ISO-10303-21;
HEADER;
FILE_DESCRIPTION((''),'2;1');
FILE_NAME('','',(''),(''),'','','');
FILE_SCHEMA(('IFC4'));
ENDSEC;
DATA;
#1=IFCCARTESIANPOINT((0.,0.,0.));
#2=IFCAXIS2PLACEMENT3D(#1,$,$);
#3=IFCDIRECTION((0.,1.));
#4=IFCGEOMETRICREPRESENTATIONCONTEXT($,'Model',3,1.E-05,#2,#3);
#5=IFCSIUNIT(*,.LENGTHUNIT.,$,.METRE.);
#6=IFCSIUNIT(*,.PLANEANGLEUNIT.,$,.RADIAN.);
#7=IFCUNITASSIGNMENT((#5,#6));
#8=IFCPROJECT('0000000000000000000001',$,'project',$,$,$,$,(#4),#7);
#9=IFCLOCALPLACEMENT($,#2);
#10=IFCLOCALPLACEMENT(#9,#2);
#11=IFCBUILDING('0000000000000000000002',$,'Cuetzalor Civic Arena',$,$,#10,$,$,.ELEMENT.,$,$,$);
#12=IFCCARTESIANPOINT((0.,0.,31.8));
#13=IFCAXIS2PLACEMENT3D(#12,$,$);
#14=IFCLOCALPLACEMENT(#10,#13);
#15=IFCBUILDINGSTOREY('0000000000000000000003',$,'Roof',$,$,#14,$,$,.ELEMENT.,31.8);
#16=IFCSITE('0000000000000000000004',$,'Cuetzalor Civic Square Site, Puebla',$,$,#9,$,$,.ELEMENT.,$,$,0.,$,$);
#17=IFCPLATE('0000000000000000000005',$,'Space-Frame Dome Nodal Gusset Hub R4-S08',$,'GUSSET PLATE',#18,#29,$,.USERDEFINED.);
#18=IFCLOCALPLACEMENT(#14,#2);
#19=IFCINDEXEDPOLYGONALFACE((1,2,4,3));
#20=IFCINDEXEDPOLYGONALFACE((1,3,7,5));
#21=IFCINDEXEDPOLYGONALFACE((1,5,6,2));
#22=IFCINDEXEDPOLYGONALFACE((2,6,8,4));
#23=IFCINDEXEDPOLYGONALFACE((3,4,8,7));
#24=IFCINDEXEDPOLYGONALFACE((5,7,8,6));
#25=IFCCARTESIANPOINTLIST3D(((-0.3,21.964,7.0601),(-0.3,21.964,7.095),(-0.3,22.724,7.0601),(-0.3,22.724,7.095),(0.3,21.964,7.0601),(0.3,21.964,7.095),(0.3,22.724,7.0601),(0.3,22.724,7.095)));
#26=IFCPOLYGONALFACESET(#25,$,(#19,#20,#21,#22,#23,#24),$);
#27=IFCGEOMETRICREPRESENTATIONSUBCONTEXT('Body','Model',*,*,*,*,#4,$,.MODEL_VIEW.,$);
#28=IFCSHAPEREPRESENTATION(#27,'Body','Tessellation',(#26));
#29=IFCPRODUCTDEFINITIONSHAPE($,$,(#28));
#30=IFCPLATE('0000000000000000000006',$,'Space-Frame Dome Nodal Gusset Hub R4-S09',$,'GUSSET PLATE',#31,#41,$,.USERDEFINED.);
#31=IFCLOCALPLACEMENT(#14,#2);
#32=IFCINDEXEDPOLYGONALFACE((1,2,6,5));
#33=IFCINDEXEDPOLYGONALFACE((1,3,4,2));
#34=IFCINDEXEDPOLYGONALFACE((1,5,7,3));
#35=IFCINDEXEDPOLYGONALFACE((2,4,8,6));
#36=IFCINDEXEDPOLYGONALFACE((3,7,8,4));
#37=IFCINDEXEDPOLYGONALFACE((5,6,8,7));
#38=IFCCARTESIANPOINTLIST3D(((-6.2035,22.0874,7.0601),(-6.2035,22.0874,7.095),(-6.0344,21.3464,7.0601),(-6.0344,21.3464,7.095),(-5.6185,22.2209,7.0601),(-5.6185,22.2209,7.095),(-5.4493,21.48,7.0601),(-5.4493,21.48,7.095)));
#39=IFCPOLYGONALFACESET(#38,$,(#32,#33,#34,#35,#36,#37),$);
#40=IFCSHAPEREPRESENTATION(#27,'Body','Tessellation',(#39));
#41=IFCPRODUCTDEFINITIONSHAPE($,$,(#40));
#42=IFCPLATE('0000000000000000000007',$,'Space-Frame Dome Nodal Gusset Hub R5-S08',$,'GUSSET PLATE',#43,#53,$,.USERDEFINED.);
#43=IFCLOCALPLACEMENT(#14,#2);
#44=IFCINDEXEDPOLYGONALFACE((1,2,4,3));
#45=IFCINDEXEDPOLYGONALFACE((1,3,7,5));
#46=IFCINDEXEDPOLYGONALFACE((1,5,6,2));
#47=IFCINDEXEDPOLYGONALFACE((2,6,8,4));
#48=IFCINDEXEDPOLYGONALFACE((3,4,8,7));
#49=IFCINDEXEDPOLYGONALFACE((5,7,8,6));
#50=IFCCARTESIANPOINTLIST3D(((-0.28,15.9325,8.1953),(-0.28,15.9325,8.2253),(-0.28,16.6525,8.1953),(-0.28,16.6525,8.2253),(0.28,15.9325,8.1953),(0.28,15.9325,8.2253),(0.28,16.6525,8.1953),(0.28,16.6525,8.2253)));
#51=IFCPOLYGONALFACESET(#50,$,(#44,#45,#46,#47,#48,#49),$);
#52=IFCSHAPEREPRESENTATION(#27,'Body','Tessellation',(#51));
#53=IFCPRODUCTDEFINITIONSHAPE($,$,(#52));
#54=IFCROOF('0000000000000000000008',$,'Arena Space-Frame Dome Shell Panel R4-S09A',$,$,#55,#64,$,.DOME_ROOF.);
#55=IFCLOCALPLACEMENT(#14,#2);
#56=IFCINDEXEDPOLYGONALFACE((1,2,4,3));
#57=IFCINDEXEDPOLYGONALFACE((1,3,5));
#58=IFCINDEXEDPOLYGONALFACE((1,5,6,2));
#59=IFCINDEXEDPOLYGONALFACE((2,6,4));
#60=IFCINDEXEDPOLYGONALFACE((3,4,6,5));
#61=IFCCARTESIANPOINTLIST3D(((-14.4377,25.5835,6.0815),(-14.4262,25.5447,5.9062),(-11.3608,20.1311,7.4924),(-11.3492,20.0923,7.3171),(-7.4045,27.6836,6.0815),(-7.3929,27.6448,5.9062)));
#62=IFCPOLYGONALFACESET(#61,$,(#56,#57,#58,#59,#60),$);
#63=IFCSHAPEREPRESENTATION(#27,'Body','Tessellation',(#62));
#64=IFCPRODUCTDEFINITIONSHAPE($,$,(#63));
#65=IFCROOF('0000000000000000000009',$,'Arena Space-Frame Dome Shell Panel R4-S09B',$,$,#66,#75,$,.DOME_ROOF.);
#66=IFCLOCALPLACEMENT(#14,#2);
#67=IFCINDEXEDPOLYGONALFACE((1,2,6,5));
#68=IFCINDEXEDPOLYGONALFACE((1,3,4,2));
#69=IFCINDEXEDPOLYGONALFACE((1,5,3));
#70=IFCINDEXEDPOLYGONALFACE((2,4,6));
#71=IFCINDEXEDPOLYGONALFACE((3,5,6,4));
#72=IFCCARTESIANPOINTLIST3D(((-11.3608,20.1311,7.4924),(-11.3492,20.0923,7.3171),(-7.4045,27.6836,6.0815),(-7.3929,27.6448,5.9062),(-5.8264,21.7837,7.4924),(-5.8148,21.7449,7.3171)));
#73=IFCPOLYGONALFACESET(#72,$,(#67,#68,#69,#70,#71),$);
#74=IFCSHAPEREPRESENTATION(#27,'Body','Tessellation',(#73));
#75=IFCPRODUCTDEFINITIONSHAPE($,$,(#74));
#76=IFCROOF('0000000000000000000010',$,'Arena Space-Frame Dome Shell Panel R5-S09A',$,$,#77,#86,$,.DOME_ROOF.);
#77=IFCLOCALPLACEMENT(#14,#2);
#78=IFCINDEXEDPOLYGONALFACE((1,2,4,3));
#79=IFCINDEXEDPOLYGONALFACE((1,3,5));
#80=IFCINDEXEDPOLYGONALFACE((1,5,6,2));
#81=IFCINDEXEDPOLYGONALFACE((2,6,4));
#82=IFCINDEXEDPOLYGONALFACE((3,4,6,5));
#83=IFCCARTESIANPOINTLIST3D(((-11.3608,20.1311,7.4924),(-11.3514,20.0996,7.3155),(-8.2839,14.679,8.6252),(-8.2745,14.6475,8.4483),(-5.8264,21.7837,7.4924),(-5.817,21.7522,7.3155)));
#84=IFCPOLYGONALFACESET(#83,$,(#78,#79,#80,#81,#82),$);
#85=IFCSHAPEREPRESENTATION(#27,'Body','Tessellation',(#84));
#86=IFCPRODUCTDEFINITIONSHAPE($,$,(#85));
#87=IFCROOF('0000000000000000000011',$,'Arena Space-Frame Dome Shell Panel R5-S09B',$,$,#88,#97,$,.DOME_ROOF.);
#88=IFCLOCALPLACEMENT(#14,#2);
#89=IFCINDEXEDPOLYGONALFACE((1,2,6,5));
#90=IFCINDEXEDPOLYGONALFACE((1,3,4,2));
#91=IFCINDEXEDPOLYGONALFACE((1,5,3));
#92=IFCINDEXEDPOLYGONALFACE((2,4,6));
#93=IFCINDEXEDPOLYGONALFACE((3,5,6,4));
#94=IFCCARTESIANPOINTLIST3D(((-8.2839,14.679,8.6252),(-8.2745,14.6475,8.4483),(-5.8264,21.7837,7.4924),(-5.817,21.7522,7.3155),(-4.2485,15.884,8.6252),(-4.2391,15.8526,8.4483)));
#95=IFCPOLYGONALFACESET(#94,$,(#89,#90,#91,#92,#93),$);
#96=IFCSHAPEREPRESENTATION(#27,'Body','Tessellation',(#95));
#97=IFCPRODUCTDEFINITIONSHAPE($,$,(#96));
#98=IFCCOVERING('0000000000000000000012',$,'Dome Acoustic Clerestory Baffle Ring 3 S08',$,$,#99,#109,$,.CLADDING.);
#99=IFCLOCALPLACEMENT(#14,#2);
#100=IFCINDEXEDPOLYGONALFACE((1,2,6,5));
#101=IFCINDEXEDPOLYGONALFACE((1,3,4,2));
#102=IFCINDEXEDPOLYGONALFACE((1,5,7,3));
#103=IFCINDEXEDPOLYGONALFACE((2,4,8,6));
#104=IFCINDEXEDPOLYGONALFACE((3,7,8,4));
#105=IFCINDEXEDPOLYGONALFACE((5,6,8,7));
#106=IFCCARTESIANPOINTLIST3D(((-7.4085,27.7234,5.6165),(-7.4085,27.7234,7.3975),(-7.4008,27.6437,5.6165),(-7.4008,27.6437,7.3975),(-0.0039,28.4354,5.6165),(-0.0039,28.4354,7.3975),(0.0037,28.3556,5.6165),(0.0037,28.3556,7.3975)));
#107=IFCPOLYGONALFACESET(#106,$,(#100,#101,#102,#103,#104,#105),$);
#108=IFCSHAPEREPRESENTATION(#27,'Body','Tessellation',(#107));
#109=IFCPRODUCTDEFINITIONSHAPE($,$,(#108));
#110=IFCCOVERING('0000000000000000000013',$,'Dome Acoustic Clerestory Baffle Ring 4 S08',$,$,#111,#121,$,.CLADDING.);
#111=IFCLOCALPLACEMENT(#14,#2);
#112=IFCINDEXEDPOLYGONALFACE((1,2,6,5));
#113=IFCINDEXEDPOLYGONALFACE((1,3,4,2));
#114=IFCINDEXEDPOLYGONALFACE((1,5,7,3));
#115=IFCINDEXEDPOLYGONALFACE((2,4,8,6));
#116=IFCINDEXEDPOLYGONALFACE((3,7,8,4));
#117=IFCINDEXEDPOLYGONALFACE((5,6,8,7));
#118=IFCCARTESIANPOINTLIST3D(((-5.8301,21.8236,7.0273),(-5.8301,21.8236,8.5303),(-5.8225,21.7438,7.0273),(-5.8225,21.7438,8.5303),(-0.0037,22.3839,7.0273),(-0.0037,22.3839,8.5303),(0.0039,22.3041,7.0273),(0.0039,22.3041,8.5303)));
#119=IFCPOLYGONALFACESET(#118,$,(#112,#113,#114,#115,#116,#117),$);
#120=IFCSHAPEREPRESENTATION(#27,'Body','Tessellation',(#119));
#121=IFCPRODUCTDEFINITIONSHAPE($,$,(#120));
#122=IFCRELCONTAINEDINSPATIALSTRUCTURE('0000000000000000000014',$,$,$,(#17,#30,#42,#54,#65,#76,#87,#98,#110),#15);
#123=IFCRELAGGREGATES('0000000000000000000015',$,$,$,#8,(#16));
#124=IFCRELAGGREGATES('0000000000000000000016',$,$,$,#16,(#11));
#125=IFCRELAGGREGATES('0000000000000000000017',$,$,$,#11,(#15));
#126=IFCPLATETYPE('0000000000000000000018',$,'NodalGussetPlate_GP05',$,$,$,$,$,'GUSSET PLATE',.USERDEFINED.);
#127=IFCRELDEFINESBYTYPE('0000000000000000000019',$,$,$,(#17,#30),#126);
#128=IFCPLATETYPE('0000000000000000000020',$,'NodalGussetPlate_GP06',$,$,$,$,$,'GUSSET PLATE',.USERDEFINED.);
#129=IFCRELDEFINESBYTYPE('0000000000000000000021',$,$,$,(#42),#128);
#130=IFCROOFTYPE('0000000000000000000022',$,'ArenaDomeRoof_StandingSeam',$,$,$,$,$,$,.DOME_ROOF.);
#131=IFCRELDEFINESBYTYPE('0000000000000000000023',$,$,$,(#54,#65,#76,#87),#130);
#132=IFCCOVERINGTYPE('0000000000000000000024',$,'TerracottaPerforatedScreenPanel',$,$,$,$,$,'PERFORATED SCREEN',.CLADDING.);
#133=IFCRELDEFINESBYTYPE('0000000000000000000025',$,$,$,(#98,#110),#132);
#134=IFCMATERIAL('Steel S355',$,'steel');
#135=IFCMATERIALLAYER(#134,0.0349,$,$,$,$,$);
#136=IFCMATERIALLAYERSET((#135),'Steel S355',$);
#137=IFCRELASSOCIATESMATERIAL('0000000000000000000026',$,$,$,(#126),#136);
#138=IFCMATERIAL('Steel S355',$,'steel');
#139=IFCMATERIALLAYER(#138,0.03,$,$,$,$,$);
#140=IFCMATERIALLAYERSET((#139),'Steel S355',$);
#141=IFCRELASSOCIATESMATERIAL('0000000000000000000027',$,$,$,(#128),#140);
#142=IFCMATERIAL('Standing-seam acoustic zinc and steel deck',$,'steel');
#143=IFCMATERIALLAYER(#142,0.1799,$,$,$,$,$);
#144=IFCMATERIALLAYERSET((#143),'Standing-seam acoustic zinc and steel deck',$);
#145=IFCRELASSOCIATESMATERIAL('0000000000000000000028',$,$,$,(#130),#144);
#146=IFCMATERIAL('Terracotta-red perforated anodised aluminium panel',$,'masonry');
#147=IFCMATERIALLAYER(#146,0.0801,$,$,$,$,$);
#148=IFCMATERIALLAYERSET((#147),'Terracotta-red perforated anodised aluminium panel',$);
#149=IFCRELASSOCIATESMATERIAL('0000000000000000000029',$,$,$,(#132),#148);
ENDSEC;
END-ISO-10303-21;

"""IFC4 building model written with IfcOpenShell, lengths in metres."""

from ifc_helpers import new_model, si_unit, direction, frame, frame_2d, origin, origin_2d, place, context, subcontext, project, spatial, polyline, rectangle, outline, extrude, material, layer, layer_set, type_object, element, save


model = new_model("IFC4")

# Units and contexts
model_context = context("Model", 3, precision=1e-05, world=origin(), true_north=direction((0.0, 1.0)))
body_context = subcontext(model_context, "Body", "Model", "MODEL_VIEW")
ifc_project = project(units=[si_unit("LENGTHUNIT", "METRE"), si_unit("PLANEANGLEUNIT", "RADIAN")], contexts=[model_context])

# Site, building, storey
site_placement = place(None, origin())
site = spatial("IfcSite", under=ifc_project, at=site_placement, Name="Cuetzalor Civic Square Site, Puebla", CompositionType="ELEMENT", RefElevation=0.0)
building_placement = place(site_placement, origin())
building = spatial("IfcBuilding", under=site, at=building_placement, Name="Cuetzalor Civic Arena", CompositionType="ELEMENT")
storey_placement = place(building_placement, frame((0.0, 0.0, 31.8)))
storey = spatial("IfcBuildingStorey", under=building, at=storey_placement, Name="Roof", CompositionType="ELEMENT", Elevation=31.8)

# Plates
ifc_material_1 = material(Name="Steel S355", Category="steel")
ifc_layer_1 = layer(ifc_material_1, 0.0349)
ifc_layer_set_1 = layer_set([ifc_layer_1], Name="Steel S355")
plate_type_1 = type_object("IfcPlateType", Name="NodalGussetPlate_GP05", ElementType="GUSSET PLATE", PredefinedType="USERDEFINED", material=ifc_layer_set_1)
for number, where, z_axis, x_axis, name in (
    (1, (0.0, 22.344, 7.0601), (0.0, 0.0, 1.0), (0.0, 1.0, 0.0), "Space-Frame Dome Nodal Gusset Hub R4-S08"),
    (2, (-5.8264, 21.7837, 7.0601), (0.0, 0.0, 1.0), (-0.22257, 0.974917, 0.0), "Space-Frame Dome Nodal Gusset Hub R4-S09"),
):
    element("IfcPlate", number, at=place(storey_placement, frame(where, z_axis=z_axis, x_axis=x_axis)), inside=storey, type_object=plate_type_1, Name=name, ObjectType="GUSSET PLATE", PredefinedType="USERDEFINED", context=body_context, shape_type="SweptSolid", body=[
        extrude(rectangle(XDim=0.76, YDim=0.6001, at=origin_2d()), origin(), (0.0, 0.0, 1.0), 0.0349),
    ])
ifc_material_2 = material(Name="Steel S355", Category="steel")
ifc_layer_2 = layer(ifc_material_2, 0.03)
ifc_layer_set_2 = layer_set([ifc_layer_2], Name="Steel S355")
plate_type_2 = type_object("IfcPlateType", Name="NodalGussetPlate_GP06", ElementType="GUSSET PLATE", PredefinedType="USERDEFINED", material=ifc_layer_set_2)
plate_placement = place(storey_placement, frame((0.0, 16.2925, 8.1953), z_axis=(0.0, 0.0, 1.0), x_axis=(0.0, 1.0, 0.0)))
element("IfcPlate", 3, at=plate_placement, inside=storey, type_object=plate_type_2, Name="Space-Frame Dome Nodal Gusset Hub R5-S08", ObjectType="GUSSET PLATE", PredefinedType="USERDEFINED", context=body_context, shape_type="SweptSolid", body=[
    extrude(rectangle(XDim=0.72, YDim=0.5601, at=origin_2d()), origin(), (0.0, 0.0, 1.0), 0.03),
])

# Roofs
ifc_material_3 = material(Name="Standing-seam acoustic zinc and steel deck", Category="steel")
ifc_layer_3 = layer(ifc_material_3, 0.1799)
ifc_layer_set_3 = layer_set([ifc_layer_3], Name="Standing-seam acoustic zinc and steel deck")
roof_type = type_object("IfcRoofType", Name="ArenaDomeRoof_StandingSeam", PredefinedType="DOME_ROOF", material=ifc_layer_set_3)
roof_1_placement = place(storey_placement, frame((-7.4045, 27.6836, 6.0815), z_axis=(-0.064426, 0.215762, 0.974318), x_axis=(-0.958195, -0.286115, 0.0)))
element("IfcRoof", 4, at=roof_1_placement, inside=storey, type_object=roof_type, Name="Arena Space-Frame Dome Shell Panel R4-S09A", PredefinedType="DOME_ROOF", context=body_context, shape_type="SweptSolid", body=[
    extrude(outline(polyline([(0.0, 0.0), (7.3401, 0.0), (5.9518, 6.2657), (0.0, 0.0)])), origin(), (0.0, 0.0, -1.0), 0.1799),
])
roof_2_placement = place(storey_placement, frame((-7.4045, 27.6836, 6.0815), z_axis=(-0.064427, 0.215763, 0.974318), x_axis=(-0.457803, -0.873935, 0.163261)))
element("IfcRoof", 5, at=roof_2_placement, inside=storey, type_object=roof_type, Name="Arena Space-Frame Dome Shell Panel R4-S09B", PredefinedType="DOME_ROOF", context=body_context, shape_type="SweptSolid", body=[
    extrude(outline(polyline([(0.0, 0.0), (8.6419, 0.0), (4.664, 4.1877), (0.0, 0.0)])), origin(), (0.0, 0.0, -1.0), 0.1799),
])
roof_3_placement = place(storey_placement, frame((-5.8264, 21.7837, 7.4924), z_axis=(-0.052203, 0.174825, 0.983215), x_axis=(-0.958194, -0.286118, 0.0)))
element("IfcRoof", 6, at=roof_3_placement, inside=storey, type_object=roof_type, Name="Arena Space-Frame Dome Shell Panel R5-S09A", PredefinedType="DOME_ROOF", context=body_context, shape_type="SweptSolid", body=[
    extrude(outline(polyline([(0.0, 0.0), (5.7759, 0.0), (4.3876, 6.2088), (0.0, 0.0)])), origin(), (0.0, 0.0, -1.0), 0.1799),
])
roof_4_placement = place(storey_placement, frame((-5.8264, 21.7837, 7.4924), z_axis=(-0.052208, 0.174827, 0.983214), x_axis=(-0.323246, -0.934511, 0.149003)))
element("IfcRoof", 7, at=roof_4_placement, inside=storey, type_object=roof_type, Name="Arena Space-Frame Dome Shell Panel R5-S09B", PredefinedType="DOME_ROOF", context=body_context, shape_type="SweptSolid", body=[
    extrude(outline(polyline([(0.0, 0.0), (7.6026, 0.0), (5.172, 3.4393), (0.0, 0.0)])), origin(), (0.0, 0.0, -1.0), 0.1799),
])

# Coverings
ifc_material_4 = material(Name="Terracotta-red perforated anodised aluminium panel", Category="masonry")
ifc_layer_4 = layer(ifc_material_4, 0.0801)
ifc_layer_set_4 = layer_set([ifc_layer_4], Name="Terracotta-red perforated anodised aluminium panel")
covering_type = type_object("IfcCoveringType", Name="TerracottaPerforatedScreenPanel", ElementType="PERFORATED SCREEN", PredefinedType="CLADDING", material=ifc_layer_set_4)
covering_1_placement = place(storey_placement, frame((-7.4045, 27.6836, 5.6165), z_axis=(0.0, 0.0, 1.0), x_axis=(0.99541, 0.095704, 0.0)))
element("IfcCovering", 8, at=covering_1_placement, inside=storey, type_object=covering_type, Name="Dome Acoustic Clerestory Baffle Ring 3 S08", PredefinedType="CLADDING", context=body_context, shape_type="SweptSolid", body=[
    extrude(rectangle(XDim=7.4387, YDim=0.0801, at=frame_2d((3.7192, 0.0))), origin(), (0.0, 0.0, 1.0), 1.781),
])
covering_2_placement = place(storey_placement, frame((-5.8264, 21.7837, 7.0273), z_axis=(0.0, 0.0, 1.0), x_axis=(0.995408, 0.095724, 0.0)))
element("IfcCovering", 9, at=covering_2_placement, inside=storey, type_object=covering_type, Name="Dome Acoustic Clerestory Baffle Ring 4 S08", PredefinedType="CLADDING", context=body_context, shape_type="SweptSolid", body=[
    extrude(rectangle(XDim=5.8533, YDim=0.0801, at=frame_2d((2.9268, 0.0))), origin(), (0.0, 0.0, 1.0), 1.5029),
])

save(model, "model.ifc")
